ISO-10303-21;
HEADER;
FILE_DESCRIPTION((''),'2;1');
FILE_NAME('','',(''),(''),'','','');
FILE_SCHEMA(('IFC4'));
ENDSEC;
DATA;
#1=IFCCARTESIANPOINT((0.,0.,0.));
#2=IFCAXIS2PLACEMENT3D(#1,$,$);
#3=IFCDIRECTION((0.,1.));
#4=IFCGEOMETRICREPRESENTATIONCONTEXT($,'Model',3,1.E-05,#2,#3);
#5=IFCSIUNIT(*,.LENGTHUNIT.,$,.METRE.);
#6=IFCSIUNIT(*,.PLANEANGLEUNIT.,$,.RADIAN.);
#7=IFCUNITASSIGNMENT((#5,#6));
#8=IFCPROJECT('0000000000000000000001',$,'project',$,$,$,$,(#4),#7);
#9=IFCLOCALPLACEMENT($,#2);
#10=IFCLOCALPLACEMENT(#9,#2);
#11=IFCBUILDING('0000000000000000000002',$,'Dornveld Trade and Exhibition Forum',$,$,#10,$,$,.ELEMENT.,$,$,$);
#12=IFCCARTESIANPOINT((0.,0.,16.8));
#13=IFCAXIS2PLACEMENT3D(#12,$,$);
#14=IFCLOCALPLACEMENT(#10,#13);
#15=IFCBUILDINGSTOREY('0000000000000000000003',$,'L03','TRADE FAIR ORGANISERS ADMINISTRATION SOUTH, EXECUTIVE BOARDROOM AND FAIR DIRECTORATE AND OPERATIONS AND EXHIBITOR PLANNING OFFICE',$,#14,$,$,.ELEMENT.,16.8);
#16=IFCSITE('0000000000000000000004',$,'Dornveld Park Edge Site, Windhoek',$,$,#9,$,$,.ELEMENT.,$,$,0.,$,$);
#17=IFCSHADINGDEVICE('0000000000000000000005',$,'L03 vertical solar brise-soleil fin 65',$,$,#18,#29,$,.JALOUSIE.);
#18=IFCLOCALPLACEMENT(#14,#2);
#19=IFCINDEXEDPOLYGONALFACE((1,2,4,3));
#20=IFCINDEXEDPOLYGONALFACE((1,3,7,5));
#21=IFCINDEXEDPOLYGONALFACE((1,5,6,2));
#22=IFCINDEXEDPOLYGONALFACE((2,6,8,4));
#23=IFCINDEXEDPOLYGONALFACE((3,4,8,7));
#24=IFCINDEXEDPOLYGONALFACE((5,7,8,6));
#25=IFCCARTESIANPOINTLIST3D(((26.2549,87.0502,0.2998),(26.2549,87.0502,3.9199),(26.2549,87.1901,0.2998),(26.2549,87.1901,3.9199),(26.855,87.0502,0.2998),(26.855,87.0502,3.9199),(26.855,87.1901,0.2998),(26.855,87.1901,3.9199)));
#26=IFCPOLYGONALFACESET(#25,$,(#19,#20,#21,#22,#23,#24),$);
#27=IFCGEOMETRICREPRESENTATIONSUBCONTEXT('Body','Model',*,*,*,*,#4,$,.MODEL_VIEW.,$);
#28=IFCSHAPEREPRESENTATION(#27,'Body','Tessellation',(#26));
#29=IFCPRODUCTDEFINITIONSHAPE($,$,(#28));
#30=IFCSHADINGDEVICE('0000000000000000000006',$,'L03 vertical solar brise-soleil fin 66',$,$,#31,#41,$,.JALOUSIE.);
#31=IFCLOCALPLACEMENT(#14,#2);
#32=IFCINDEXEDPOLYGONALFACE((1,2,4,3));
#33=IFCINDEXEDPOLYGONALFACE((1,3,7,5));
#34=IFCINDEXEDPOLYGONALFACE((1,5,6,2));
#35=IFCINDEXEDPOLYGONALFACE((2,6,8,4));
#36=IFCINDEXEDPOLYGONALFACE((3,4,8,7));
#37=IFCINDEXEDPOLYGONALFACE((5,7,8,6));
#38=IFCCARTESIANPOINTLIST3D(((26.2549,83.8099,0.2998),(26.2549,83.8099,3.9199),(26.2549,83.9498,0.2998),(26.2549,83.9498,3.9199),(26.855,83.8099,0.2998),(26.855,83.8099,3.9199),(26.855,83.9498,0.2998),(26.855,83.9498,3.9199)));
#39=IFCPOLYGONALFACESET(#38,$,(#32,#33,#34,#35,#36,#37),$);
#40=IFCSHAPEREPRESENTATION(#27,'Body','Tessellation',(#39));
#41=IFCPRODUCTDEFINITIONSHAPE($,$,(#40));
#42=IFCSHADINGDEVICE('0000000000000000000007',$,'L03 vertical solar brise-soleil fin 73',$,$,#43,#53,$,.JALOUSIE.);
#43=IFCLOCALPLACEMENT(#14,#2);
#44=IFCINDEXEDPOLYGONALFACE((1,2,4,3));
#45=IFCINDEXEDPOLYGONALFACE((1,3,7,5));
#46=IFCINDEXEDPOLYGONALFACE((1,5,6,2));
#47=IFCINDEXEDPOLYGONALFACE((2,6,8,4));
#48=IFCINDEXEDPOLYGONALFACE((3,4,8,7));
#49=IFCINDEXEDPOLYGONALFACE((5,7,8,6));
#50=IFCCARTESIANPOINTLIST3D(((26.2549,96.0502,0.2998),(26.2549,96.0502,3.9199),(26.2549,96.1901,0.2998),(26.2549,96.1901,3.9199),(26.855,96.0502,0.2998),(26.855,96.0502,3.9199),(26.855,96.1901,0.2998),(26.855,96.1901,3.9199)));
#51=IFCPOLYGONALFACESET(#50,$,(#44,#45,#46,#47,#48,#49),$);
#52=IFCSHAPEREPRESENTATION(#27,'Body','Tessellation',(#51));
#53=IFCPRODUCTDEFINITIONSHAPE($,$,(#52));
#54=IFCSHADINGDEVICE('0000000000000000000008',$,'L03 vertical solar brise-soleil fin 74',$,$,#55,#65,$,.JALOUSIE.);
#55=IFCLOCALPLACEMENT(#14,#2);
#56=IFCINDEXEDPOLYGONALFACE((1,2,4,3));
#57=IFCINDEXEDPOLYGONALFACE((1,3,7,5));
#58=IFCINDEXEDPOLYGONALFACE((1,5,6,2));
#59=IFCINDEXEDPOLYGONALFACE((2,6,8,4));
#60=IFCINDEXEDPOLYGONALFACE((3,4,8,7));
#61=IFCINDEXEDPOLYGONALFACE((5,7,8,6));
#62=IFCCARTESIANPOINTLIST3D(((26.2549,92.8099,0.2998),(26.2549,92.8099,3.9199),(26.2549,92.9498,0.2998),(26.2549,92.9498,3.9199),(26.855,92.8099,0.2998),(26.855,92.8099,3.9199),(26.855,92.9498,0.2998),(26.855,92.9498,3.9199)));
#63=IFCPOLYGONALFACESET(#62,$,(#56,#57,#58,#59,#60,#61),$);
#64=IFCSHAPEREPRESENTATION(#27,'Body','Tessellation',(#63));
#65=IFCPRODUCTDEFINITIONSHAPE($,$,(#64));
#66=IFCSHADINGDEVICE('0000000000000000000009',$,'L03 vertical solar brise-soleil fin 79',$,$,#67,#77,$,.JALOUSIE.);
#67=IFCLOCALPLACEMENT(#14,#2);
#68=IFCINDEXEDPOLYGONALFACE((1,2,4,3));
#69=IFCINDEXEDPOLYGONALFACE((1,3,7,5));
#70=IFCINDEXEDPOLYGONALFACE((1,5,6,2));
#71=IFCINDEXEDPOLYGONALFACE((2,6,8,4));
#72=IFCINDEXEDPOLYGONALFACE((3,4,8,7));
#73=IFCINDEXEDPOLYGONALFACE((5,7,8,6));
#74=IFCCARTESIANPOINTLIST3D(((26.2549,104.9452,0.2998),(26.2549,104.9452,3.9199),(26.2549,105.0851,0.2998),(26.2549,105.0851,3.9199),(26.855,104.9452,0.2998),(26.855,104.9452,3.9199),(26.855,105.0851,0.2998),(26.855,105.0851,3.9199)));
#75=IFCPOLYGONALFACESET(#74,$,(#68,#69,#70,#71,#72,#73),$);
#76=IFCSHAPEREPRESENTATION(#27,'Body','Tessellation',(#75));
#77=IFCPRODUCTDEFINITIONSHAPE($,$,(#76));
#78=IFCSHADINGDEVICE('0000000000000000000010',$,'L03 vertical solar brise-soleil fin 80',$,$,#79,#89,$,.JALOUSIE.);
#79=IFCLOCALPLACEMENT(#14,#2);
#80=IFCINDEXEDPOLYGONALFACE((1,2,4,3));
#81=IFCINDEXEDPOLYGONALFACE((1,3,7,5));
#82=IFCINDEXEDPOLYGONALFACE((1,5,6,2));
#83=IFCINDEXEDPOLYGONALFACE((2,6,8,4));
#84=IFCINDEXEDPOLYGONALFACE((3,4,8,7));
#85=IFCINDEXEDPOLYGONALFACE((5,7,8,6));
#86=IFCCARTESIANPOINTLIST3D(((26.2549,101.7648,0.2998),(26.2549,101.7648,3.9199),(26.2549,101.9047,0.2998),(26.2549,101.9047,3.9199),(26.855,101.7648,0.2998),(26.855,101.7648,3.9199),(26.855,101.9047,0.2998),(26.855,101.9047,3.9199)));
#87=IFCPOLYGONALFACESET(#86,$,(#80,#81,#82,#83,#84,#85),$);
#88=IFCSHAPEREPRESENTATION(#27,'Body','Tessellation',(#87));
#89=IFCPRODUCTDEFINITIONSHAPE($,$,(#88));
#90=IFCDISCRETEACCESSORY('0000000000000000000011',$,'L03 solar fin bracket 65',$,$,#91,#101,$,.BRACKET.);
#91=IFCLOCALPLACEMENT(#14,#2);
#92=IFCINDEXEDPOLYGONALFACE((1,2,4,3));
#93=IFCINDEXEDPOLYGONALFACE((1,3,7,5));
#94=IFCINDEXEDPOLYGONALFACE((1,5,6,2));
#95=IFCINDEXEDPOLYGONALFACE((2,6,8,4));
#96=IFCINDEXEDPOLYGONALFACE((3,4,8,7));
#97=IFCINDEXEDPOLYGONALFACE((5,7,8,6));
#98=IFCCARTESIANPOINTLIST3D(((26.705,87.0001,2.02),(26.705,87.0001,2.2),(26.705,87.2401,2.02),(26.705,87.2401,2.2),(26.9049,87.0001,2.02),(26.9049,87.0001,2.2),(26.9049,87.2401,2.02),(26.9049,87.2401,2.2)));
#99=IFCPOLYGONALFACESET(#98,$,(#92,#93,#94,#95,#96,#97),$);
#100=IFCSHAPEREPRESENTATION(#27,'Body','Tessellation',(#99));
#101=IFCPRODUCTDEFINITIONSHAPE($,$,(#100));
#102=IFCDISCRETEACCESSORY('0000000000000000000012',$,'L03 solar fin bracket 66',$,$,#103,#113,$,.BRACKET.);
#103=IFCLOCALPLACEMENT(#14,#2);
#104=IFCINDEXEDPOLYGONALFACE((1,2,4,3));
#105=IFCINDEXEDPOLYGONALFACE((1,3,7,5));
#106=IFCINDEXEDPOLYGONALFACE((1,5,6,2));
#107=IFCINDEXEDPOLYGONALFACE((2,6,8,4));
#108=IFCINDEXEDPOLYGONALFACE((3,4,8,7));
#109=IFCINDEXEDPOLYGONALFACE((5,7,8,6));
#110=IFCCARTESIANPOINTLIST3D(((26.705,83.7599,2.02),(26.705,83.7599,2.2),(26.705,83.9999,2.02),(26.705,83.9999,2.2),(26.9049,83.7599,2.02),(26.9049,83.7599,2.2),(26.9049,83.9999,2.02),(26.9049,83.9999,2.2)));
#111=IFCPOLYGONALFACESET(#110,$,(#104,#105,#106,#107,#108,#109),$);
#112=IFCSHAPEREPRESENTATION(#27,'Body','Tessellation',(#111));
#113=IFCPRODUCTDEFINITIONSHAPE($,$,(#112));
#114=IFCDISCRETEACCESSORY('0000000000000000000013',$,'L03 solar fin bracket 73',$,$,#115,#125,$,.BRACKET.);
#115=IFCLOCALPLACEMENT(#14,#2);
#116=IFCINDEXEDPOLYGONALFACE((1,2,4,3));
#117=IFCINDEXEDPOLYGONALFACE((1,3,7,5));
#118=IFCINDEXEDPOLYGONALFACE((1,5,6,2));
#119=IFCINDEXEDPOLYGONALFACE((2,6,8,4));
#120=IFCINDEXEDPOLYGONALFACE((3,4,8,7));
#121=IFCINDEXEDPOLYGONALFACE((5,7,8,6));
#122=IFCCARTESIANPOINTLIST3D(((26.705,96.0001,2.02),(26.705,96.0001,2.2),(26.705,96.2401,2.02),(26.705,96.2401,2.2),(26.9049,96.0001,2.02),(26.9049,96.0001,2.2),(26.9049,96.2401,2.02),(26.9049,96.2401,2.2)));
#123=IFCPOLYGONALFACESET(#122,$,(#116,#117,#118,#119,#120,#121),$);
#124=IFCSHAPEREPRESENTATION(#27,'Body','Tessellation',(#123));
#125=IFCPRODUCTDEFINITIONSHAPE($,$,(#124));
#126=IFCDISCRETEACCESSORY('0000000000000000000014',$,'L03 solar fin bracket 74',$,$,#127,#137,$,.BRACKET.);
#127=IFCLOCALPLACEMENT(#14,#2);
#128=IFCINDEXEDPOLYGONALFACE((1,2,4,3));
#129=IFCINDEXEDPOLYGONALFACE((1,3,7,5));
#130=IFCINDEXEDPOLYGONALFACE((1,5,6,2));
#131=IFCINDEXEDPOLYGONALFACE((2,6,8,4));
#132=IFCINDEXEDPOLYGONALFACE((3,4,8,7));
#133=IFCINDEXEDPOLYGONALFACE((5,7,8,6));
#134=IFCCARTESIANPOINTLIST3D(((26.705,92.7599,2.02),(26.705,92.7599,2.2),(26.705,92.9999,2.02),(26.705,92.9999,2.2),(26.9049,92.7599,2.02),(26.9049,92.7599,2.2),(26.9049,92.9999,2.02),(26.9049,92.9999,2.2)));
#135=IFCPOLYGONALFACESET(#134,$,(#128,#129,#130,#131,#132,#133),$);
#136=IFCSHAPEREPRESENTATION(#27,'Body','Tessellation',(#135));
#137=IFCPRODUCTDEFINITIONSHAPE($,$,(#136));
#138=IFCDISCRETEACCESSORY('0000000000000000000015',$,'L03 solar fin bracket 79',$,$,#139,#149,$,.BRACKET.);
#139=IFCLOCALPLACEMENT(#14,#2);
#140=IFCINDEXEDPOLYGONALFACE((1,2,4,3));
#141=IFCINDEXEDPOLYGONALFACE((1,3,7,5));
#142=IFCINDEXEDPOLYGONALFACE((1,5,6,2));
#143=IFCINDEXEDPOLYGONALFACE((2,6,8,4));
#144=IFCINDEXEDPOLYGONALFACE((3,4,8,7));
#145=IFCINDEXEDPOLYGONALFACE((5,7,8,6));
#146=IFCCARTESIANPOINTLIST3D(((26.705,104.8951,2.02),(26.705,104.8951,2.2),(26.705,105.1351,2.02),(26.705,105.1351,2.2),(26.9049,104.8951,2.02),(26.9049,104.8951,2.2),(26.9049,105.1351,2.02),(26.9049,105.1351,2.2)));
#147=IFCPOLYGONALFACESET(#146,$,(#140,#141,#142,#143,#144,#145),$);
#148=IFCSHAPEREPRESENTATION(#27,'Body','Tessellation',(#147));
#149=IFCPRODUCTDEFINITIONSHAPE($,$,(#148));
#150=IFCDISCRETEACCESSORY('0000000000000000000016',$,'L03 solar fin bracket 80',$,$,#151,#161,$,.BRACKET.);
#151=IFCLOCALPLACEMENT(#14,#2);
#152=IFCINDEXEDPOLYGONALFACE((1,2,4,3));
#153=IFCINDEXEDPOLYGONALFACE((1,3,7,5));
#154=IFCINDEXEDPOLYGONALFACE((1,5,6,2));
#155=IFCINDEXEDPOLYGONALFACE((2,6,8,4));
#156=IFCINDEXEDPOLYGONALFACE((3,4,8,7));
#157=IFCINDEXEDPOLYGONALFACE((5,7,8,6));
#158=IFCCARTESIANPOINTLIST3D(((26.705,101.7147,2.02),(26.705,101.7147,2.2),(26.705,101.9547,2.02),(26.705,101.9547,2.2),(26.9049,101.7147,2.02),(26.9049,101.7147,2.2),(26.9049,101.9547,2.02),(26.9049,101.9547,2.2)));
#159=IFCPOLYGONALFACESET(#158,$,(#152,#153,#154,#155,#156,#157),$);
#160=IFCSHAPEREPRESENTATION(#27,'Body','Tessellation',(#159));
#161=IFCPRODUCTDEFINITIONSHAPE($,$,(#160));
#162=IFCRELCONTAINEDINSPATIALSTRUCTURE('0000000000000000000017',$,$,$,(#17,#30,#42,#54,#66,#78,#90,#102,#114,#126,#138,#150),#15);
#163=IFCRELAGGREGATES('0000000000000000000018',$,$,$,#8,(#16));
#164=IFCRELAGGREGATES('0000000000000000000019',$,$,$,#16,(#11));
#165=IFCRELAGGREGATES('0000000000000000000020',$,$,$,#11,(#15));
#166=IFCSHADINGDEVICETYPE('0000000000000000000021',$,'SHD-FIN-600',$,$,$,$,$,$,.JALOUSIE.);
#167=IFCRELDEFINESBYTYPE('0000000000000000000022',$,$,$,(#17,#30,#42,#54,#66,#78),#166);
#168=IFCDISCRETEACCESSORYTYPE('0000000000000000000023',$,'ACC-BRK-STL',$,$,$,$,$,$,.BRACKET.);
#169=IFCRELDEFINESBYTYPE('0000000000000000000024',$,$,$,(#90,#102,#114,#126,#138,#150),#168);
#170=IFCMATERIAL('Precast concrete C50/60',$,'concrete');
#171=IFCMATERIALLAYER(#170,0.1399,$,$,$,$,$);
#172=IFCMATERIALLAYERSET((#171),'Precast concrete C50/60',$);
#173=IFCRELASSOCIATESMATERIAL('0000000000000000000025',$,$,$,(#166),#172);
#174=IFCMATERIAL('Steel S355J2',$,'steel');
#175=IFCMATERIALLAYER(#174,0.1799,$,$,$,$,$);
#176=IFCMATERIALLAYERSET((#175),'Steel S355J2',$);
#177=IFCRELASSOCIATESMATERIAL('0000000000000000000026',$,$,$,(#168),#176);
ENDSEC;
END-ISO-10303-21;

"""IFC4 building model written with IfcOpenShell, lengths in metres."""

from ifc_helpers import new_model, si_unit, direction, frame, origin, origin_2d, place, context, subcontext, project, spatial, rectangle, extrude, material, layer, layer_set, type_object, element, save


model = new_model("IFC4")

# Units and contexts
model_context = context("Model", 3, precision=1e-05, world=origin(), true_north=direction((0.0, 1.0)))
body_context = subcontext(model_context, "Body", "Model", "MODEL_VIEW")
ifc_project = project(units=[si_unit("LENGTHUNIT", "METRE"), si_unit("PLANEANGLEUNIT", "RADIAN")], contexts=[model_context])

# Site, building, storey
site_placement = place(None, origin())
site = spatial("IfcSite", under=ifc_project, at=site_placement, Name="Dornveld Park Edge Site, Windhoek", CompositionType="ELEMENT", RefElevation=0.0)
building_placement = place(site_placement, origin())
building = spatial("IfcBuilding", under=site, at=building_placement, Name="Dornveld Trade and Exhibition Forum", CompositionType="ELEMENT")
storey_placement = place(building_placement, frame((0.0, 0.0, 16.8)))
storey = spatial("IfcBuildingStorey", under=building, at=storey_placement, Name="L03", Description="TRADE FAIR ORGANISERS ADMINISTRATION SOUTH, EXECUTIVE BOARDROOM AND FAIR DIRECTORATE AND OPERATIONS AND EXHIBITOR PLANNING OFFICE", CompositionType="ELEMENT", Elevation=16.8)

# Shading devices
ifc_material_1 = material(Name="Precast concrete C50/60", Category="concrete")
ifc_layer_1 = layer(ifc_material_1, 0.1399)
ifc_layer_set_1 = layer_set([ifc_layer_1], Name="Precast concrete C50/60")
shading_device_type = type_object("IfcShadingDeviceType", Name="SHD-FIN-600", PredefinedType="JALOUSIE", material=ifc_layer_set_1)
for number, where, z_axis, x_axis, name in (
    (1, (26.5549, 87.1201, 0.2998), (0.0, 0.0, 1.0), (0.0, -1.0, 0.0), "L03 vertical solar brise-soleil fin 65"),
    (2, (26.5549, 83.8799, 0.2998), (0.0, 0.0, 1.0), (0.0, -1.0, 0.0), "L03 vertical solar brise-soleil fin 66"),
    (3, (26.5549, 96.1201, 0.2998), (0.0, 0.0, 1.0), (0.0, -1.0, 0.0), "L03 vertical solar brise-soleil fin 73"),
    (4, (26.5549, 92.8799, 0.2998), (0.0, 0.0, 1.0), (0.0, -1.0, 0.0), "L03 vertical solar brise-soleil fin 74"),
    (5, (26.5549, 105.0151, 0.2998), (0.0, 0.0, 1.0), (0.0, -1.0, 0.0), "L03 vertical solar brise-soleil fin 79"),
    (6, (26.5549, 101.8347, 0.2998), (0.0, 0.0, 1.0), (0.0, -1.0, 0.0), "L03 vertical solar brise-soleil fin 80"),
):
    element("IfcShadingDevice", number, at=place(storey_placement, frame(where, z_axis=z_axis, x_axis=x_axis)), inside=storey, type_object=shading_device_type, Name=name, PredefinedType="JALOUSIE", context=body_context, shape_type="SweptSolid", body=[
        extrude(rectangle(XDim=0.1399, YDim=0.6001, at=origin_2d()), origin(), (0.0, 0.0, 1.0), 3.6201),
    ])

# Discrete accessories
ifc_material_2 = material(Name="Steel S355J2", Category="steel")
ifc_layer_2 = layer(ifc_material_2, 0.1799)
ifc_layer_set_2 = layer_set([ifc_layer_2], Name="Steel S355J2")
discrete_accessory_type = type_object("IfcDiscreteAccessoryType", Name="ACC-BRK-STL", PredefinedType="BRACKET", material=ifc_layer_set_2)
for number, where, z_axis, x_axis, name in (
    (7, (26.8049, 87.1201, 2.02), (0.0, 0.0, 1.0), (0.0, -1.0, 0.0), "L03 solar fin bracket 65"),
    (8, (26.8049, 83.8799, 2.02), (0.0, 0.0, 1.0), (0.0, -1.0, 0.0), "L03 solar fin bracket 66"),
    (9, (26.8049, 96.1201, 2.02), (0.0, 0.0, 1.0), (0.0, -1.0, 0.0), "L03 solar fin bracket 73"),
    (10, (26.8049, 92.8799, 2.02), (0.0, 0.0, 1.0), (0.0, -1.0, 0.0), "L03 solar fin bracket 74"),
    (11, (26.8049, 105.0151, 2.02), (0.0, 0.0, 1.0), (0.0, -1.0, 0.0), "L03 solar fin bracket 79"),
    (12, (26.8049, 101.8347, 2.02), (0.0, 0.0, 1.0), (0.0, -1.0, 0.0), "L03 solar fin bracket 80"),
):
    element("IfcDiscreteAccessory", number, at=place(storey_placement, frame(where, z_axis=z_axis, x_axis=x_axis)), inside=storey, type_object=discrete_accessory_type, Name=name, PredefinedType="BRACKET", context=body_context, shape_type="SweptSolid", body=[
        extrude(rectangle(XDim=0.24, YDim=0.2, at=origin_2d()), origin(), (0.0, 0.0, 1.0), 0.1799),
    ])

save(model, "model.ifc")
